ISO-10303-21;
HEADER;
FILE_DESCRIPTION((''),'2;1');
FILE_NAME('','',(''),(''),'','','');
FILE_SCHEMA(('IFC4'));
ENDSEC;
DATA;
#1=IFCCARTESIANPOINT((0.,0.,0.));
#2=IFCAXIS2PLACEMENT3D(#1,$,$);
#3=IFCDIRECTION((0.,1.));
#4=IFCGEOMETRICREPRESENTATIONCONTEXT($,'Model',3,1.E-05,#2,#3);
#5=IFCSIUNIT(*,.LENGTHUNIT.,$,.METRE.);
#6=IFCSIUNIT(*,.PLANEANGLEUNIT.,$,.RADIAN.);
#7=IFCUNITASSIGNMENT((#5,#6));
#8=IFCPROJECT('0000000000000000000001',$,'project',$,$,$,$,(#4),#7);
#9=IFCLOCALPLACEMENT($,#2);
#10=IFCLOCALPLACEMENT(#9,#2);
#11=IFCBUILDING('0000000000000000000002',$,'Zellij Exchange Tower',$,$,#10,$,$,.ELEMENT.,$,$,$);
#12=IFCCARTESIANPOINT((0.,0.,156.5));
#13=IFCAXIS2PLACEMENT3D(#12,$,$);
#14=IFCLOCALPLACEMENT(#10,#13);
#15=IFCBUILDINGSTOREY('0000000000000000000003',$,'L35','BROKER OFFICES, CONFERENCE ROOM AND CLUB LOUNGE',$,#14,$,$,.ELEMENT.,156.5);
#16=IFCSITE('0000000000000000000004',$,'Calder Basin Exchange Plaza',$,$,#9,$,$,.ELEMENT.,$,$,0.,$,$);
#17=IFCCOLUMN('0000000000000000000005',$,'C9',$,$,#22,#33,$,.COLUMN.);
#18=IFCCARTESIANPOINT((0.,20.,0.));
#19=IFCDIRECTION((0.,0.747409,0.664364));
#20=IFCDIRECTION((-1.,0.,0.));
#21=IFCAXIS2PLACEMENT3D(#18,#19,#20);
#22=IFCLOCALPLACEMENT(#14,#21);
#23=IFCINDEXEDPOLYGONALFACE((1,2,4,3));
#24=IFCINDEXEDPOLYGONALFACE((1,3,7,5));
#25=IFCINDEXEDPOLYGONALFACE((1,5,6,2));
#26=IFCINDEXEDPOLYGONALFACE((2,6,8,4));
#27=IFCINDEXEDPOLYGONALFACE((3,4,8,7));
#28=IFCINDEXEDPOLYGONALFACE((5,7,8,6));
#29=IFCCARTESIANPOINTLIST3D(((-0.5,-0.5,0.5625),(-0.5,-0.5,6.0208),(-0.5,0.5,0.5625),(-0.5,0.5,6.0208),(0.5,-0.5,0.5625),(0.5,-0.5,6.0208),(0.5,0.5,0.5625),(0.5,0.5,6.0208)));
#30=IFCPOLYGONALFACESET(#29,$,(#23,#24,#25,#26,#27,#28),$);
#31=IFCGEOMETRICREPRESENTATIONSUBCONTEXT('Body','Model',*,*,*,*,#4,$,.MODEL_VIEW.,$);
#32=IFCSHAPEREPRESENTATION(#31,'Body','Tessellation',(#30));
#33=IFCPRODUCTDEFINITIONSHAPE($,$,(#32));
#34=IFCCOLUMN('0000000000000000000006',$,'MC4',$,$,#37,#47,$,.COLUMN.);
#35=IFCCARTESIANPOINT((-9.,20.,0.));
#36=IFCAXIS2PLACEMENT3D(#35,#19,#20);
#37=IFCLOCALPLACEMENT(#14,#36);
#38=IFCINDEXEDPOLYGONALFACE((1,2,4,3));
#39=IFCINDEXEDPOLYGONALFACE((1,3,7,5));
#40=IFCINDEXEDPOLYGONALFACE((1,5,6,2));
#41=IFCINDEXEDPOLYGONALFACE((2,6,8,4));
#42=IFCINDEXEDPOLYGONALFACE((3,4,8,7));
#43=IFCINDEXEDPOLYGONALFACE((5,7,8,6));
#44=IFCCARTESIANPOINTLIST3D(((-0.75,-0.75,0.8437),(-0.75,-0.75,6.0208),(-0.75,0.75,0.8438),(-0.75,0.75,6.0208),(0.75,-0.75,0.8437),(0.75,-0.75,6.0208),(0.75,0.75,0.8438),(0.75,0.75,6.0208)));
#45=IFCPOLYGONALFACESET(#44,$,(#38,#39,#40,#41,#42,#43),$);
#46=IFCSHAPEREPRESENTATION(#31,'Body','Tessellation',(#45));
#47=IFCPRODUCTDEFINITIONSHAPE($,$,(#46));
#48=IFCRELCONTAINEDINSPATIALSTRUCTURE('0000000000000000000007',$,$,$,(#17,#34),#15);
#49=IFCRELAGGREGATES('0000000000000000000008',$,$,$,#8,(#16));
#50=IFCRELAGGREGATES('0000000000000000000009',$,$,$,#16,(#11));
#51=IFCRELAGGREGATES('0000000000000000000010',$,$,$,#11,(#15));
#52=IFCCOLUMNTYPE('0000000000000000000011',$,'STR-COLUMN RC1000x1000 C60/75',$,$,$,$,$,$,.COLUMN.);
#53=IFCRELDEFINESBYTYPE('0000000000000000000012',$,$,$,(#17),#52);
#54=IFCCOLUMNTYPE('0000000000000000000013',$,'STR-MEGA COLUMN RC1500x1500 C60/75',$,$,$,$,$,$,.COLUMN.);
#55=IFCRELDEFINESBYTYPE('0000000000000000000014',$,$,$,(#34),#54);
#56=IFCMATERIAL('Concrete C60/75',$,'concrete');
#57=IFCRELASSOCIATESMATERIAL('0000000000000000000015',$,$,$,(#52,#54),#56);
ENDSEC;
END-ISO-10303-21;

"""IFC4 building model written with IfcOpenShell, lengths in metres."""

from ifc_helpers import new_model, si_unit, direction, frame, origin, origin_2d, place, context, subcontext, project, spatial, rectangle, extrude, clip, halfspace, material, material_profile, profile_set, type_object, element, save


model = new_model("IFC4")

# Units and contexts
model_context = context("Model", 3, precision=1e-05, world=origin(), true_north=direction((0.0, 1.0)))
body_context = subcontext(model_context, "Body", "Model", "MODEL_VIEW")
ifc_project = project(units=[si_unit("LENGTHUNIT", "METRE"), si_unit("PLANEANGLEUNIT", "RADIAN")], contexts=[model_context])

# Site, building, storey
site_placement = place(None, origin())
site = spatial("IfcSite", under=ifc_project, at=site_placement, Name="Calder Basin Exchange Plaza", CompositionType="ELEMENT", RefElevation=0.0)
building_placement = place(site_placement, origin())
building = spatial("IfcBuilding", under=site, at=building_placement, Name="Zellij Exchange Tower", CompositionType="ELEMENT")
storey_placement = place(building_placement, frame((0.0, 0.0, 156.5)))
storey = spatial("IfcBuildingStorey", under=building, at=storey_placement, Name="L35", Description="BROKER OFFICES, CONFERENCE ROOM AND CLUB LOUNGE", CompositionType="ELEMENT", Elevation=156.5)

# Columns
ifc_material_1 = material(Name="Concrete C60/75", Category="concrete")
ifc_material_profile_1 = material_profile(ifc_material_1, rectangle(XDim=1.0, YDim=1.0, at=origin_2d()), Name="STR-COLUMN RC1000x1000 C60/75")
ifc_profile_set_1 = profile_set([ifc_material_profile_1], Name="Concrete C60/75")
column_type_1 = type_object("IfcColumnType", Name="STR-COLUMN RC1000x1000 C60/75", PredefinedType="COLUMN", material=ifc_profile_set_1)
column_1_placement = place(storey_placement, frame((0.0, 20.0, 0.0), z_axis=(0.0, 0.747409, 0.664364), x_axis=(-1.0, 0.0, 0.0)))
element("IfcColumn", 1, at=column_1_placement, inside=storey, type_object=column_type_1, Name="C9", PredefinedType="COLUMN", context=body_context, shape_type="Clipping", body=[
    clip(extrude(rectangle(XDim=1.0, YDim=1.0, at=origin_2d()), origin(), (0.0, 0.0, 1.0), 6.0208), halfspace(frame((0.0, 0.0, 0.5625)), True)),
])
ifc_material_profile_2 = material_profile(ifc_material_1, rectangle(XDim=1.5, YDim=1.5, at=origin_2d()), Name="STR-MEGA COLUMN RC1500x1500 C60/75")
ifc_profile_set_2 = profile_set([ifc_material_profile_2], Name="Concrete C60/75")
column_type_2 = type_object("IfcColumnType", Name="STR-MEGA COLUMN RC1500x1500 C60/75", PredefinedType="COLUMN", material=ifc_profile_set_2)
column_2_placement = place(storey_placement, frame((-9.0, 20.0, 0.0), z_axis=(0.0, 0.747409, 0.664364), x_axis=(-1.0, 0.0, 0.0)))
element("IfcColumn", 2, at=column_2_placement, inside=storey, type_object=column_type_2, Name="MC4", PredefinedType="COLUMN", context=body_context, shape_type="Clipping", body=[
    clip(extrude(rectangle(XDim=1.5, YDim=1.5, at=origin_2d()), origin(), (0.0, 0.0, 1.0), 6.0208), halfspace(frame((0.0, 0.0, 0.8438)), True)),
])

save(model, "model.ifc")
